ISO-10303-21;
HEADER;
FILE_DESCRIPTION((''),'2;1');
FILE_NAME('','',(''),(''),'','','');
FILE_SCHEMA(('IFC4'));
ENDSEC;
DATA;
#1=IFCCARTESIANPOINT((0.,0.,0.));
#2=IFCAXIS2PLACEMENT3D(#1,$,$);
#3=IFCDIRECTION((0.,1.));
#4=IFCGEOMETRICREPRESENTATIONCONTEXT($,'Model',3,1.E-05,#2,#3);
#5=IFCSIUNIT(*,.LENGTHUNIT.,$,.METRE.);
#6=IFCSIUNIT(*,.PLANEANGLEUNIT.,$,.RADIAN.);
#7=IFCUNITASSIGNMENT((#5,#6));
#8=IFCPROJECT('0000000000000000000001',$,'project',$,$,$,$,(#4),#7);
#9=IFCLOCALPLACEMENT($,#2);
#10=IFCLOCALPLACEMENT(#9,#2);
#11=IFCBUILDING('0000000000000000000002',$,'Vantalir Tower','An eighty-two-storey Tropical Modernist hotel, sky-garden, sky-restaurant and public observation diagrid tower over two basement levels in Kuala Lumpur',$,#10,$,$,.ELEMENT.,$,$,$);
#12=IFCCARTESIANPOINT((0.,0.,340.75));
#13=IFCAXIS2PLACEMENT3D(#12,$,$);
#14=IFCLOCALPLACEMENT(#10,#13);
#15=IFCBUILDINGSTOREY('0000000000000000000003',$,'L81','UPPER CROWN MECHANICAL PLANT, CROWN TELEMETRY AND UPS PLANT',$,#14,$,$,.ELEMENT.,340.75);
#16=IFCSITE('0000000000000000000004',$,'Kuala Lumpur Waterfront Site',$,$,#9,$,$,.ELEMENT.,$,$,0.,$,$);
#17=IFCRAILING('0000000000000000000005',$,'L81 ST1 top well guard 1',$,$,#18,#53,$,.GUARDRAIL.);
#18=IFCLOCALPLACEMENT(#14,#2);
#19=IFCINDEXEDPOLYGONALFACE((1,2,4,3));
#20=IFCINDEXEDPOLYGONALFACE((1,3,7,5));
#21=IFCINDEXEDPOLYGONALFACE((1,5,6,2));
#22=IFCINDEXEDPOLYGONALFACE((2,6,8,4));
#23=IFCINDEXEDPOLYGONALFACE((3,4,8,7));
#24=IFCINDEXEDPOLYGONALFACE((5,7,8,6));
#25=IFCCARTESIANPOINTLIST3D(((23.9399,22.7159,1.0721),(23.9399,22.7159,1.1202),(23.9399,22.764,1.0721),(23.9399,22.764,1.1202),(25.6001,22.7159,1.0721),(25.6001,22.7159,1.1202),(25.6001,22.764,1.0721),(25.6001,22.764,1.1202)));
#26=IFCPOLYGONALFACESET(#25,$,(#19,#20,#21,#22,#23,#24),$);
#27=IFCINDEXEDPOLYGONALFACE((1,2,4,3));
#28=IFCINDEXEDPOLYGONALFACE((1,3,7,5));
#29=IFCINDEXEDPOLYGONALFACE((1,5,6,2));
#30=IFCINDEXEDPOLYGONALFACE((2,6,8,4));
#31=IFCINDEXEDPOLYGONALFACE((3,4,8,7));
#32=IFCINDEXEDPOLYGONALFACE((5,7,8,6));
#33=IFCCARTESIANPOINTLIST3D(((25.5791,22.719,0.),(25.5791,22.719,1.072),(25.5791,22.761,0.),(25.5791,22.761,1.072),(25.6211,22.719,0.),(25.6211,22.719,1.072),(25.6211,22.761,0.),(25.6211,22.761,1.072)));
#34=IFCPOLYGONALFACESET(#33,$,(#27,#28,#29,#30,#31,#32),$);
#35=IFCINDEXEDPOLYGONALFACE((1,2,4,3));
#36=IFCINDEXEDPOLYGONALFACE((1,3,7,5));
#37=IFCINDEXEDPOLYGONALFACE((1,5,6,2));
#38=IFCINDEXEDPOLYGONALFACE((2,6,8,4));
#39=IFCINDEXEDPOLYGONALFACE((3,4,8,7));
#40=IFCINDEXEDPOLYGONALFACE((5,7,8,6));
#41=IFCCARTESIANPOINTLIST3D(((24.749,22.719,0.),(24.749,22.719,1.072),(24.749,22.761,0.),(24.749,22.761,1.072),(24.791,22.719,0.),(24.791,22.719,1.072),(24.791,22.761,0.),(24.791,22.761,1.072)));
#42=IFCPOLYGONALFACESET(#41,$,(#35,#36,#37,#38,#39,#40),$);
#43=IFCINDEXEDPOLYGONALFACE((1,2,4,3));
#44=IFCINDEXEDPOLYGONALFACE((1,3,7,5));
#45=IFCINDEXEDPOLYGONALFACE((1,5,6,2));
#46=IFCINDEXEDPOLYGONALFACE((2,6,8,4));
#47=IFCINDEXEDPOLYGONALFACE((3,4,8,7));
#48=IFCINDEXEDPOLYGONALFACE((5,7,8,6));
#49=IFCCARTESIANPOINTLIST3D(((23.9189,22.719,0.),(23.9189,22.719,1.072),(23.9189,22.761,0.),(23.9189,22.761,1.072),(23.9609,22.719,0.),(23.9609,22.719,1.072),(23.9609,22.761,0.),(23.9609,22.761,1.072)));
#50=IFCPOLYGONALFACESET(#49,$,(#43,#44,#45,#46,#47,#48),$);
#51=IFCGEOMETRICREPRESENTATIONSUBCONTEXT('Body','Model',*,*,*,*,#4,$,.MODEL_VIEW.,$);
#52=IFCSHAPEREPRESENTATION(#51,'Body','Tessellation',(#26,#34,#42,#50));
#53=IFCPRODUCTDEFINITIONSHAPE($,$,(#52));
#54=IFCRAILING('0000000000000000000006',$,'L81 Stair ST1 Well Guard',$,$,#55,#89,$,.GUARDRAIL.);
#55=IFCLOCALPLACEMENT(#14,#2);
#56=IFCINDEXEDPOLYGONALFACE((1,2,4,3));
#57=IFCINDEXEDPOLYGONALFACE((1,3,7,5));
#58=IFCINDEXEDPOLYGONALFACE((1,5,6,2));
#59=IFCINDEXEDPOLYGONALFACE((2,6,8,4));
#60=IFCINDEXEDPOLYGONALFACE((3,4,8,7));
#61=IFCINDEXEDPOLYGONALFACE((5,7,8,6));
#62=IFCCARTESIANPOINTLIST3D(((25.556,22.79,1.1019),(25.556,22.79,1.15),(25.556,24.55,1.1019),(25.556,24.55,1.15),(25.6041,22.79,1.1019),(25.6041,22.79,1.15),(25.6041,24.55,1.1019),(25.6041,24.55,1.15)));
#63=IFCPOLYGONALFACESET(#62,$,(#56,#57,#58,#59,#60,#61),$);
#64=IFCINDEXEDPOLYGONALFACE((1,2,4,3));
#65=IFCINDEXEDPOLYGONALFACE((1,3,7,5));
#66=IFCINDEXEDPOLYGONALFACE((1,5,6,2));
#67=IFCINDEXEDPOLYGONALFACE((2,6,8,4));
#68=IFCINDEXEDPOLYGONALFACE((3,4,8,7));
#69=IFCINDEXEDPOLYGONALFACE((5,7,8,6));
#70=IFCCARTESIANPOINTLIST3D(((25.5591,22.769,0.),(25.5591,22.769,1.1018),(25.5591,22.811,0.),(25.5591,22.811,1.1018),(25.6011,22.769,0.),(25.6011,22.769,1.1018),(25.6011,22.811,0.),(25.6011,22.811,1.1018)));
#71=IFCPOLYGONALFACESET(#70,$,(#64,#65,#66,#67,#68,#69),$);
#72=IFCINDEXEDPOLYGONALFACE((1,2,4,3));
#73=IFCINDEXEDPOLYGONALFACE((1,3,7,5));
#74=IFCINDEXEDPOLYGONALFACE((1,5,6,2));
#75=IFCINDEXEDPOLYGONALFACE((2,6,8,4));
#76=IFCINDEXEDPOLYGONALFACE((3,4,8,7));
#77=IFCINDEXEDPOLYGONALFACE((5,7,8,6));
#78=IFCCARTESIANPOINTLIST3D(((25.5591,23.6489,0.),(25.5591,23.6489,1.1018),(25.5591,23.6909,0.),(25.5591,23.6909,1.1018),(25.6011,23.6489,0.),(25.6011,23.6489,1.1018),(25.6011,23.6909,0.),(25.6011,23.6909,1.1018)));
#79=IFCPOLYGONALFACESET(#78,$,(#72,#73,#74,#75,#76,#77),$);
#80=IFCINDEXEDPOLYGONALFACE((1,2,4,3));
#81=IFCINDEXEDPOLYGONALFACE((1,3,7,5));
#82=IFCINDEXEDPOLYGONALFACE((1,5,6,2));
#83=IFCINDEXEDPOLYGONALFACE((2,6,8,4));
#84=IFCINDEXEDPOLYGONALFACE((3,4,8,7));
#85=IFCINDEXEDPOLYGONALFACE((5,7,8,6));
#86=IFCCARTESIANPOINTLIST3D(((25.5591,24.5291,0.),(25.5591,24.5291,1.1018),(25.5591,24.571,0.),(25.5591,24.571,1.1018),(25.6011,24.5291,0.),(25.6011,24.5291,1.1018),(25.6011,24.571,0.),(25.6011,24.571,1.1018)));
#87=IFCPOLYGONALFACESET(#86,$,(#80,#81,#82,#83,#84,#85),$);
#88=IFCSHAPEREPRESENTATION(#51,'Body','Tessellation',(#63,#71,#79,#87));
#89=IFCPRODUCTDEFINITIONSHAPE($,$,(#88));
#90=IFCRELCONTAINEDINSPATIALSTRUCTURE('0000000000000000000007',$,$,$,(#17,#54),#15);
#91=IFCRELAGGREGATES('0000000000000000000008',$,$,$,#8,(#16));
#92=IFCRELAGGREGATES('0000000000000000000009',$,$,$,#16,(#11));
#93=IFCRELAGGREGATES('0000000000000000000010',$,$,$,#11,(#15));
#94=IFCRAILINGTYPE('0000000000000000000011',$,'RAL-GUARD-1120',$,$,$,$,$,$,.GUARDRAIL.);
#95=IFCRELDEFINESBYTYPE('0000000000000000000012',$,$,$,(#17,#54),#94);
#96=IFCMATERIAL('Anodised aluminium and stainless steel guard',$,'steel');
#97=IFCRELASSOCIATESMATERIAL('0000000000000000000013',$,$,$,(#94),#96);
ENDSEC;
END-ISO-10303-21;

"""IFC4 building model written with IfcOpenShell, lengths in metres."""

from ifc_helpers import new_model, si_unit, direction, frame, origin, origin_2d, place, context, subcontext, project, spatial, rectangle, extrude, material, type_object, element, save


model = new_model("IFC4")

# Units and contexts
model_context = context("Model", 3, precision=1e-05, world=origin(), true_north=direction((0.0, 1.0)))
body_context = subcontext(model_context, "Body", "Model", "MODEL_VIEW")
ifc_project = project(units=[si_unit("LENGTHUNIT", "METRE"), si_unit("PLANEANGLEUNIT", "RADIAN")], contexts=[model_context])

# Site, building, storey
site_placement = place(None, origin())
site = spatial("IfcSite", under=ifc_project, at=site_placement, Name="Kuala Lumpur Waterfront Site", CompositionType="ELEMENT", RefElevation=0.0)
building_placement = place(site_placement, origin())
building = spatial("IfcBuilding", under=site, at=building_placement, Name="Vantalir Tower", Description="An eighty-two-storey Tropical Modernist hotel, sky-garden, sky-restaurant and public observation diagrid tower over two basement levels in Kuala Lumpur", CompositionType="ELEMENT")
storey_placement = place(building_placement, frame((0.0, 0.0, 340.75)))
storey = spatial("IfcBuildingStorey", under=building, at=storey_placement, Name="L81", Description="UPPER CROWN MECHANICAL PLANT, CROWN TELEMETRY AND UPS PLANT", CompositionType="ELEMENT", Elevation=340.75)

# Railings
ifc_material_1 = material(Name="Anodised aluminium and stainless steel guard", Category="steel")
railing_type = type_object("IfcRailingType", Name="RAL-GUARD-1120", PredefinedType="GUARDRAIL", material=ifc_material_1)
railing_1_placement = place(storey_placement, frame((25.6001, 22.74, 0.0)))
element("IfcRailing", 1, at=railing_1_placement, inside=storey, type_object=railing_type, Name="L81 ST1 top well guard 1", PredefinedType="GUARDRAIL", context=body_context, shape_type="SweptSolid", body=[
    extrude(rectangle(XDim=0.0481, YDim=0.0481, at=origin_2d()), frame((0.0, 0.0, 1.0962), z_axis=(-1.0, 0.0, 0.0), x_axis=(0.0, -1.0, 0.0)), (0.0, 0.0, 1.0), 1.6602),
    extrude(rectangle(XDim=0.042, YDim=0.042, at=origin_2d()), origin(), (0.0, 0.0, 1.0), 1.072),
    extrude(rectangle(XDim=0.042, YDim=0.042, at=origin_2d()), frame((-0.8301, 0.0, 0.0)), (0.0, 0.0, 1.0), 1.072),
    extrude(rectangle(XDim=0.042, YDim=0.042, at=origin_2d()), frame((-1.6602, 0.0, 0.0)), (0.0, 0.0, 1.0), 1.072),
])
railing_2_placement = place(storey_placement, frame((25.5801, 22.79, 0.0)))
element("IfcRailing", 2, at=railing_2_placement, inside=storey, type_object=railing_type, Name="L81 Stair ST1 Well Guard", PredefinedType="GUARDRAIL", context=body_context, shape_type="SweptSolid", body=[
    extrude(rectangle(XDim=0.0481, YDim=0.0481, at=origin_2d()), frame((0.0, 0.0, 1.126), z_axis=(0.0, 1.0, 0.0), x_axis=(-1.0, 0.0, 0.0)), (0.0, 0.0, 1.0), 1.76),
    extrude(rectangle(XDim=0.042, YDim=0.042, at=origin_2d()), origin(), (0.0, 0.0, 1.0), 1.1018),
    extrude(rectangle(XDim=0.042, YDim=0.042, at=origin_2d()), frame((0.0, 0.8799, 0.0)), (0.0, 0.0, 1.0), 1.1018),
    extrude(rectangle(XDim=0.042, YDim=0.042, at=origin_2d()), frame((0.0, 1.76, 0.0)), (0.0, 0.0, 1.0), 1.1018),
])

save(model, "model.ifc")
